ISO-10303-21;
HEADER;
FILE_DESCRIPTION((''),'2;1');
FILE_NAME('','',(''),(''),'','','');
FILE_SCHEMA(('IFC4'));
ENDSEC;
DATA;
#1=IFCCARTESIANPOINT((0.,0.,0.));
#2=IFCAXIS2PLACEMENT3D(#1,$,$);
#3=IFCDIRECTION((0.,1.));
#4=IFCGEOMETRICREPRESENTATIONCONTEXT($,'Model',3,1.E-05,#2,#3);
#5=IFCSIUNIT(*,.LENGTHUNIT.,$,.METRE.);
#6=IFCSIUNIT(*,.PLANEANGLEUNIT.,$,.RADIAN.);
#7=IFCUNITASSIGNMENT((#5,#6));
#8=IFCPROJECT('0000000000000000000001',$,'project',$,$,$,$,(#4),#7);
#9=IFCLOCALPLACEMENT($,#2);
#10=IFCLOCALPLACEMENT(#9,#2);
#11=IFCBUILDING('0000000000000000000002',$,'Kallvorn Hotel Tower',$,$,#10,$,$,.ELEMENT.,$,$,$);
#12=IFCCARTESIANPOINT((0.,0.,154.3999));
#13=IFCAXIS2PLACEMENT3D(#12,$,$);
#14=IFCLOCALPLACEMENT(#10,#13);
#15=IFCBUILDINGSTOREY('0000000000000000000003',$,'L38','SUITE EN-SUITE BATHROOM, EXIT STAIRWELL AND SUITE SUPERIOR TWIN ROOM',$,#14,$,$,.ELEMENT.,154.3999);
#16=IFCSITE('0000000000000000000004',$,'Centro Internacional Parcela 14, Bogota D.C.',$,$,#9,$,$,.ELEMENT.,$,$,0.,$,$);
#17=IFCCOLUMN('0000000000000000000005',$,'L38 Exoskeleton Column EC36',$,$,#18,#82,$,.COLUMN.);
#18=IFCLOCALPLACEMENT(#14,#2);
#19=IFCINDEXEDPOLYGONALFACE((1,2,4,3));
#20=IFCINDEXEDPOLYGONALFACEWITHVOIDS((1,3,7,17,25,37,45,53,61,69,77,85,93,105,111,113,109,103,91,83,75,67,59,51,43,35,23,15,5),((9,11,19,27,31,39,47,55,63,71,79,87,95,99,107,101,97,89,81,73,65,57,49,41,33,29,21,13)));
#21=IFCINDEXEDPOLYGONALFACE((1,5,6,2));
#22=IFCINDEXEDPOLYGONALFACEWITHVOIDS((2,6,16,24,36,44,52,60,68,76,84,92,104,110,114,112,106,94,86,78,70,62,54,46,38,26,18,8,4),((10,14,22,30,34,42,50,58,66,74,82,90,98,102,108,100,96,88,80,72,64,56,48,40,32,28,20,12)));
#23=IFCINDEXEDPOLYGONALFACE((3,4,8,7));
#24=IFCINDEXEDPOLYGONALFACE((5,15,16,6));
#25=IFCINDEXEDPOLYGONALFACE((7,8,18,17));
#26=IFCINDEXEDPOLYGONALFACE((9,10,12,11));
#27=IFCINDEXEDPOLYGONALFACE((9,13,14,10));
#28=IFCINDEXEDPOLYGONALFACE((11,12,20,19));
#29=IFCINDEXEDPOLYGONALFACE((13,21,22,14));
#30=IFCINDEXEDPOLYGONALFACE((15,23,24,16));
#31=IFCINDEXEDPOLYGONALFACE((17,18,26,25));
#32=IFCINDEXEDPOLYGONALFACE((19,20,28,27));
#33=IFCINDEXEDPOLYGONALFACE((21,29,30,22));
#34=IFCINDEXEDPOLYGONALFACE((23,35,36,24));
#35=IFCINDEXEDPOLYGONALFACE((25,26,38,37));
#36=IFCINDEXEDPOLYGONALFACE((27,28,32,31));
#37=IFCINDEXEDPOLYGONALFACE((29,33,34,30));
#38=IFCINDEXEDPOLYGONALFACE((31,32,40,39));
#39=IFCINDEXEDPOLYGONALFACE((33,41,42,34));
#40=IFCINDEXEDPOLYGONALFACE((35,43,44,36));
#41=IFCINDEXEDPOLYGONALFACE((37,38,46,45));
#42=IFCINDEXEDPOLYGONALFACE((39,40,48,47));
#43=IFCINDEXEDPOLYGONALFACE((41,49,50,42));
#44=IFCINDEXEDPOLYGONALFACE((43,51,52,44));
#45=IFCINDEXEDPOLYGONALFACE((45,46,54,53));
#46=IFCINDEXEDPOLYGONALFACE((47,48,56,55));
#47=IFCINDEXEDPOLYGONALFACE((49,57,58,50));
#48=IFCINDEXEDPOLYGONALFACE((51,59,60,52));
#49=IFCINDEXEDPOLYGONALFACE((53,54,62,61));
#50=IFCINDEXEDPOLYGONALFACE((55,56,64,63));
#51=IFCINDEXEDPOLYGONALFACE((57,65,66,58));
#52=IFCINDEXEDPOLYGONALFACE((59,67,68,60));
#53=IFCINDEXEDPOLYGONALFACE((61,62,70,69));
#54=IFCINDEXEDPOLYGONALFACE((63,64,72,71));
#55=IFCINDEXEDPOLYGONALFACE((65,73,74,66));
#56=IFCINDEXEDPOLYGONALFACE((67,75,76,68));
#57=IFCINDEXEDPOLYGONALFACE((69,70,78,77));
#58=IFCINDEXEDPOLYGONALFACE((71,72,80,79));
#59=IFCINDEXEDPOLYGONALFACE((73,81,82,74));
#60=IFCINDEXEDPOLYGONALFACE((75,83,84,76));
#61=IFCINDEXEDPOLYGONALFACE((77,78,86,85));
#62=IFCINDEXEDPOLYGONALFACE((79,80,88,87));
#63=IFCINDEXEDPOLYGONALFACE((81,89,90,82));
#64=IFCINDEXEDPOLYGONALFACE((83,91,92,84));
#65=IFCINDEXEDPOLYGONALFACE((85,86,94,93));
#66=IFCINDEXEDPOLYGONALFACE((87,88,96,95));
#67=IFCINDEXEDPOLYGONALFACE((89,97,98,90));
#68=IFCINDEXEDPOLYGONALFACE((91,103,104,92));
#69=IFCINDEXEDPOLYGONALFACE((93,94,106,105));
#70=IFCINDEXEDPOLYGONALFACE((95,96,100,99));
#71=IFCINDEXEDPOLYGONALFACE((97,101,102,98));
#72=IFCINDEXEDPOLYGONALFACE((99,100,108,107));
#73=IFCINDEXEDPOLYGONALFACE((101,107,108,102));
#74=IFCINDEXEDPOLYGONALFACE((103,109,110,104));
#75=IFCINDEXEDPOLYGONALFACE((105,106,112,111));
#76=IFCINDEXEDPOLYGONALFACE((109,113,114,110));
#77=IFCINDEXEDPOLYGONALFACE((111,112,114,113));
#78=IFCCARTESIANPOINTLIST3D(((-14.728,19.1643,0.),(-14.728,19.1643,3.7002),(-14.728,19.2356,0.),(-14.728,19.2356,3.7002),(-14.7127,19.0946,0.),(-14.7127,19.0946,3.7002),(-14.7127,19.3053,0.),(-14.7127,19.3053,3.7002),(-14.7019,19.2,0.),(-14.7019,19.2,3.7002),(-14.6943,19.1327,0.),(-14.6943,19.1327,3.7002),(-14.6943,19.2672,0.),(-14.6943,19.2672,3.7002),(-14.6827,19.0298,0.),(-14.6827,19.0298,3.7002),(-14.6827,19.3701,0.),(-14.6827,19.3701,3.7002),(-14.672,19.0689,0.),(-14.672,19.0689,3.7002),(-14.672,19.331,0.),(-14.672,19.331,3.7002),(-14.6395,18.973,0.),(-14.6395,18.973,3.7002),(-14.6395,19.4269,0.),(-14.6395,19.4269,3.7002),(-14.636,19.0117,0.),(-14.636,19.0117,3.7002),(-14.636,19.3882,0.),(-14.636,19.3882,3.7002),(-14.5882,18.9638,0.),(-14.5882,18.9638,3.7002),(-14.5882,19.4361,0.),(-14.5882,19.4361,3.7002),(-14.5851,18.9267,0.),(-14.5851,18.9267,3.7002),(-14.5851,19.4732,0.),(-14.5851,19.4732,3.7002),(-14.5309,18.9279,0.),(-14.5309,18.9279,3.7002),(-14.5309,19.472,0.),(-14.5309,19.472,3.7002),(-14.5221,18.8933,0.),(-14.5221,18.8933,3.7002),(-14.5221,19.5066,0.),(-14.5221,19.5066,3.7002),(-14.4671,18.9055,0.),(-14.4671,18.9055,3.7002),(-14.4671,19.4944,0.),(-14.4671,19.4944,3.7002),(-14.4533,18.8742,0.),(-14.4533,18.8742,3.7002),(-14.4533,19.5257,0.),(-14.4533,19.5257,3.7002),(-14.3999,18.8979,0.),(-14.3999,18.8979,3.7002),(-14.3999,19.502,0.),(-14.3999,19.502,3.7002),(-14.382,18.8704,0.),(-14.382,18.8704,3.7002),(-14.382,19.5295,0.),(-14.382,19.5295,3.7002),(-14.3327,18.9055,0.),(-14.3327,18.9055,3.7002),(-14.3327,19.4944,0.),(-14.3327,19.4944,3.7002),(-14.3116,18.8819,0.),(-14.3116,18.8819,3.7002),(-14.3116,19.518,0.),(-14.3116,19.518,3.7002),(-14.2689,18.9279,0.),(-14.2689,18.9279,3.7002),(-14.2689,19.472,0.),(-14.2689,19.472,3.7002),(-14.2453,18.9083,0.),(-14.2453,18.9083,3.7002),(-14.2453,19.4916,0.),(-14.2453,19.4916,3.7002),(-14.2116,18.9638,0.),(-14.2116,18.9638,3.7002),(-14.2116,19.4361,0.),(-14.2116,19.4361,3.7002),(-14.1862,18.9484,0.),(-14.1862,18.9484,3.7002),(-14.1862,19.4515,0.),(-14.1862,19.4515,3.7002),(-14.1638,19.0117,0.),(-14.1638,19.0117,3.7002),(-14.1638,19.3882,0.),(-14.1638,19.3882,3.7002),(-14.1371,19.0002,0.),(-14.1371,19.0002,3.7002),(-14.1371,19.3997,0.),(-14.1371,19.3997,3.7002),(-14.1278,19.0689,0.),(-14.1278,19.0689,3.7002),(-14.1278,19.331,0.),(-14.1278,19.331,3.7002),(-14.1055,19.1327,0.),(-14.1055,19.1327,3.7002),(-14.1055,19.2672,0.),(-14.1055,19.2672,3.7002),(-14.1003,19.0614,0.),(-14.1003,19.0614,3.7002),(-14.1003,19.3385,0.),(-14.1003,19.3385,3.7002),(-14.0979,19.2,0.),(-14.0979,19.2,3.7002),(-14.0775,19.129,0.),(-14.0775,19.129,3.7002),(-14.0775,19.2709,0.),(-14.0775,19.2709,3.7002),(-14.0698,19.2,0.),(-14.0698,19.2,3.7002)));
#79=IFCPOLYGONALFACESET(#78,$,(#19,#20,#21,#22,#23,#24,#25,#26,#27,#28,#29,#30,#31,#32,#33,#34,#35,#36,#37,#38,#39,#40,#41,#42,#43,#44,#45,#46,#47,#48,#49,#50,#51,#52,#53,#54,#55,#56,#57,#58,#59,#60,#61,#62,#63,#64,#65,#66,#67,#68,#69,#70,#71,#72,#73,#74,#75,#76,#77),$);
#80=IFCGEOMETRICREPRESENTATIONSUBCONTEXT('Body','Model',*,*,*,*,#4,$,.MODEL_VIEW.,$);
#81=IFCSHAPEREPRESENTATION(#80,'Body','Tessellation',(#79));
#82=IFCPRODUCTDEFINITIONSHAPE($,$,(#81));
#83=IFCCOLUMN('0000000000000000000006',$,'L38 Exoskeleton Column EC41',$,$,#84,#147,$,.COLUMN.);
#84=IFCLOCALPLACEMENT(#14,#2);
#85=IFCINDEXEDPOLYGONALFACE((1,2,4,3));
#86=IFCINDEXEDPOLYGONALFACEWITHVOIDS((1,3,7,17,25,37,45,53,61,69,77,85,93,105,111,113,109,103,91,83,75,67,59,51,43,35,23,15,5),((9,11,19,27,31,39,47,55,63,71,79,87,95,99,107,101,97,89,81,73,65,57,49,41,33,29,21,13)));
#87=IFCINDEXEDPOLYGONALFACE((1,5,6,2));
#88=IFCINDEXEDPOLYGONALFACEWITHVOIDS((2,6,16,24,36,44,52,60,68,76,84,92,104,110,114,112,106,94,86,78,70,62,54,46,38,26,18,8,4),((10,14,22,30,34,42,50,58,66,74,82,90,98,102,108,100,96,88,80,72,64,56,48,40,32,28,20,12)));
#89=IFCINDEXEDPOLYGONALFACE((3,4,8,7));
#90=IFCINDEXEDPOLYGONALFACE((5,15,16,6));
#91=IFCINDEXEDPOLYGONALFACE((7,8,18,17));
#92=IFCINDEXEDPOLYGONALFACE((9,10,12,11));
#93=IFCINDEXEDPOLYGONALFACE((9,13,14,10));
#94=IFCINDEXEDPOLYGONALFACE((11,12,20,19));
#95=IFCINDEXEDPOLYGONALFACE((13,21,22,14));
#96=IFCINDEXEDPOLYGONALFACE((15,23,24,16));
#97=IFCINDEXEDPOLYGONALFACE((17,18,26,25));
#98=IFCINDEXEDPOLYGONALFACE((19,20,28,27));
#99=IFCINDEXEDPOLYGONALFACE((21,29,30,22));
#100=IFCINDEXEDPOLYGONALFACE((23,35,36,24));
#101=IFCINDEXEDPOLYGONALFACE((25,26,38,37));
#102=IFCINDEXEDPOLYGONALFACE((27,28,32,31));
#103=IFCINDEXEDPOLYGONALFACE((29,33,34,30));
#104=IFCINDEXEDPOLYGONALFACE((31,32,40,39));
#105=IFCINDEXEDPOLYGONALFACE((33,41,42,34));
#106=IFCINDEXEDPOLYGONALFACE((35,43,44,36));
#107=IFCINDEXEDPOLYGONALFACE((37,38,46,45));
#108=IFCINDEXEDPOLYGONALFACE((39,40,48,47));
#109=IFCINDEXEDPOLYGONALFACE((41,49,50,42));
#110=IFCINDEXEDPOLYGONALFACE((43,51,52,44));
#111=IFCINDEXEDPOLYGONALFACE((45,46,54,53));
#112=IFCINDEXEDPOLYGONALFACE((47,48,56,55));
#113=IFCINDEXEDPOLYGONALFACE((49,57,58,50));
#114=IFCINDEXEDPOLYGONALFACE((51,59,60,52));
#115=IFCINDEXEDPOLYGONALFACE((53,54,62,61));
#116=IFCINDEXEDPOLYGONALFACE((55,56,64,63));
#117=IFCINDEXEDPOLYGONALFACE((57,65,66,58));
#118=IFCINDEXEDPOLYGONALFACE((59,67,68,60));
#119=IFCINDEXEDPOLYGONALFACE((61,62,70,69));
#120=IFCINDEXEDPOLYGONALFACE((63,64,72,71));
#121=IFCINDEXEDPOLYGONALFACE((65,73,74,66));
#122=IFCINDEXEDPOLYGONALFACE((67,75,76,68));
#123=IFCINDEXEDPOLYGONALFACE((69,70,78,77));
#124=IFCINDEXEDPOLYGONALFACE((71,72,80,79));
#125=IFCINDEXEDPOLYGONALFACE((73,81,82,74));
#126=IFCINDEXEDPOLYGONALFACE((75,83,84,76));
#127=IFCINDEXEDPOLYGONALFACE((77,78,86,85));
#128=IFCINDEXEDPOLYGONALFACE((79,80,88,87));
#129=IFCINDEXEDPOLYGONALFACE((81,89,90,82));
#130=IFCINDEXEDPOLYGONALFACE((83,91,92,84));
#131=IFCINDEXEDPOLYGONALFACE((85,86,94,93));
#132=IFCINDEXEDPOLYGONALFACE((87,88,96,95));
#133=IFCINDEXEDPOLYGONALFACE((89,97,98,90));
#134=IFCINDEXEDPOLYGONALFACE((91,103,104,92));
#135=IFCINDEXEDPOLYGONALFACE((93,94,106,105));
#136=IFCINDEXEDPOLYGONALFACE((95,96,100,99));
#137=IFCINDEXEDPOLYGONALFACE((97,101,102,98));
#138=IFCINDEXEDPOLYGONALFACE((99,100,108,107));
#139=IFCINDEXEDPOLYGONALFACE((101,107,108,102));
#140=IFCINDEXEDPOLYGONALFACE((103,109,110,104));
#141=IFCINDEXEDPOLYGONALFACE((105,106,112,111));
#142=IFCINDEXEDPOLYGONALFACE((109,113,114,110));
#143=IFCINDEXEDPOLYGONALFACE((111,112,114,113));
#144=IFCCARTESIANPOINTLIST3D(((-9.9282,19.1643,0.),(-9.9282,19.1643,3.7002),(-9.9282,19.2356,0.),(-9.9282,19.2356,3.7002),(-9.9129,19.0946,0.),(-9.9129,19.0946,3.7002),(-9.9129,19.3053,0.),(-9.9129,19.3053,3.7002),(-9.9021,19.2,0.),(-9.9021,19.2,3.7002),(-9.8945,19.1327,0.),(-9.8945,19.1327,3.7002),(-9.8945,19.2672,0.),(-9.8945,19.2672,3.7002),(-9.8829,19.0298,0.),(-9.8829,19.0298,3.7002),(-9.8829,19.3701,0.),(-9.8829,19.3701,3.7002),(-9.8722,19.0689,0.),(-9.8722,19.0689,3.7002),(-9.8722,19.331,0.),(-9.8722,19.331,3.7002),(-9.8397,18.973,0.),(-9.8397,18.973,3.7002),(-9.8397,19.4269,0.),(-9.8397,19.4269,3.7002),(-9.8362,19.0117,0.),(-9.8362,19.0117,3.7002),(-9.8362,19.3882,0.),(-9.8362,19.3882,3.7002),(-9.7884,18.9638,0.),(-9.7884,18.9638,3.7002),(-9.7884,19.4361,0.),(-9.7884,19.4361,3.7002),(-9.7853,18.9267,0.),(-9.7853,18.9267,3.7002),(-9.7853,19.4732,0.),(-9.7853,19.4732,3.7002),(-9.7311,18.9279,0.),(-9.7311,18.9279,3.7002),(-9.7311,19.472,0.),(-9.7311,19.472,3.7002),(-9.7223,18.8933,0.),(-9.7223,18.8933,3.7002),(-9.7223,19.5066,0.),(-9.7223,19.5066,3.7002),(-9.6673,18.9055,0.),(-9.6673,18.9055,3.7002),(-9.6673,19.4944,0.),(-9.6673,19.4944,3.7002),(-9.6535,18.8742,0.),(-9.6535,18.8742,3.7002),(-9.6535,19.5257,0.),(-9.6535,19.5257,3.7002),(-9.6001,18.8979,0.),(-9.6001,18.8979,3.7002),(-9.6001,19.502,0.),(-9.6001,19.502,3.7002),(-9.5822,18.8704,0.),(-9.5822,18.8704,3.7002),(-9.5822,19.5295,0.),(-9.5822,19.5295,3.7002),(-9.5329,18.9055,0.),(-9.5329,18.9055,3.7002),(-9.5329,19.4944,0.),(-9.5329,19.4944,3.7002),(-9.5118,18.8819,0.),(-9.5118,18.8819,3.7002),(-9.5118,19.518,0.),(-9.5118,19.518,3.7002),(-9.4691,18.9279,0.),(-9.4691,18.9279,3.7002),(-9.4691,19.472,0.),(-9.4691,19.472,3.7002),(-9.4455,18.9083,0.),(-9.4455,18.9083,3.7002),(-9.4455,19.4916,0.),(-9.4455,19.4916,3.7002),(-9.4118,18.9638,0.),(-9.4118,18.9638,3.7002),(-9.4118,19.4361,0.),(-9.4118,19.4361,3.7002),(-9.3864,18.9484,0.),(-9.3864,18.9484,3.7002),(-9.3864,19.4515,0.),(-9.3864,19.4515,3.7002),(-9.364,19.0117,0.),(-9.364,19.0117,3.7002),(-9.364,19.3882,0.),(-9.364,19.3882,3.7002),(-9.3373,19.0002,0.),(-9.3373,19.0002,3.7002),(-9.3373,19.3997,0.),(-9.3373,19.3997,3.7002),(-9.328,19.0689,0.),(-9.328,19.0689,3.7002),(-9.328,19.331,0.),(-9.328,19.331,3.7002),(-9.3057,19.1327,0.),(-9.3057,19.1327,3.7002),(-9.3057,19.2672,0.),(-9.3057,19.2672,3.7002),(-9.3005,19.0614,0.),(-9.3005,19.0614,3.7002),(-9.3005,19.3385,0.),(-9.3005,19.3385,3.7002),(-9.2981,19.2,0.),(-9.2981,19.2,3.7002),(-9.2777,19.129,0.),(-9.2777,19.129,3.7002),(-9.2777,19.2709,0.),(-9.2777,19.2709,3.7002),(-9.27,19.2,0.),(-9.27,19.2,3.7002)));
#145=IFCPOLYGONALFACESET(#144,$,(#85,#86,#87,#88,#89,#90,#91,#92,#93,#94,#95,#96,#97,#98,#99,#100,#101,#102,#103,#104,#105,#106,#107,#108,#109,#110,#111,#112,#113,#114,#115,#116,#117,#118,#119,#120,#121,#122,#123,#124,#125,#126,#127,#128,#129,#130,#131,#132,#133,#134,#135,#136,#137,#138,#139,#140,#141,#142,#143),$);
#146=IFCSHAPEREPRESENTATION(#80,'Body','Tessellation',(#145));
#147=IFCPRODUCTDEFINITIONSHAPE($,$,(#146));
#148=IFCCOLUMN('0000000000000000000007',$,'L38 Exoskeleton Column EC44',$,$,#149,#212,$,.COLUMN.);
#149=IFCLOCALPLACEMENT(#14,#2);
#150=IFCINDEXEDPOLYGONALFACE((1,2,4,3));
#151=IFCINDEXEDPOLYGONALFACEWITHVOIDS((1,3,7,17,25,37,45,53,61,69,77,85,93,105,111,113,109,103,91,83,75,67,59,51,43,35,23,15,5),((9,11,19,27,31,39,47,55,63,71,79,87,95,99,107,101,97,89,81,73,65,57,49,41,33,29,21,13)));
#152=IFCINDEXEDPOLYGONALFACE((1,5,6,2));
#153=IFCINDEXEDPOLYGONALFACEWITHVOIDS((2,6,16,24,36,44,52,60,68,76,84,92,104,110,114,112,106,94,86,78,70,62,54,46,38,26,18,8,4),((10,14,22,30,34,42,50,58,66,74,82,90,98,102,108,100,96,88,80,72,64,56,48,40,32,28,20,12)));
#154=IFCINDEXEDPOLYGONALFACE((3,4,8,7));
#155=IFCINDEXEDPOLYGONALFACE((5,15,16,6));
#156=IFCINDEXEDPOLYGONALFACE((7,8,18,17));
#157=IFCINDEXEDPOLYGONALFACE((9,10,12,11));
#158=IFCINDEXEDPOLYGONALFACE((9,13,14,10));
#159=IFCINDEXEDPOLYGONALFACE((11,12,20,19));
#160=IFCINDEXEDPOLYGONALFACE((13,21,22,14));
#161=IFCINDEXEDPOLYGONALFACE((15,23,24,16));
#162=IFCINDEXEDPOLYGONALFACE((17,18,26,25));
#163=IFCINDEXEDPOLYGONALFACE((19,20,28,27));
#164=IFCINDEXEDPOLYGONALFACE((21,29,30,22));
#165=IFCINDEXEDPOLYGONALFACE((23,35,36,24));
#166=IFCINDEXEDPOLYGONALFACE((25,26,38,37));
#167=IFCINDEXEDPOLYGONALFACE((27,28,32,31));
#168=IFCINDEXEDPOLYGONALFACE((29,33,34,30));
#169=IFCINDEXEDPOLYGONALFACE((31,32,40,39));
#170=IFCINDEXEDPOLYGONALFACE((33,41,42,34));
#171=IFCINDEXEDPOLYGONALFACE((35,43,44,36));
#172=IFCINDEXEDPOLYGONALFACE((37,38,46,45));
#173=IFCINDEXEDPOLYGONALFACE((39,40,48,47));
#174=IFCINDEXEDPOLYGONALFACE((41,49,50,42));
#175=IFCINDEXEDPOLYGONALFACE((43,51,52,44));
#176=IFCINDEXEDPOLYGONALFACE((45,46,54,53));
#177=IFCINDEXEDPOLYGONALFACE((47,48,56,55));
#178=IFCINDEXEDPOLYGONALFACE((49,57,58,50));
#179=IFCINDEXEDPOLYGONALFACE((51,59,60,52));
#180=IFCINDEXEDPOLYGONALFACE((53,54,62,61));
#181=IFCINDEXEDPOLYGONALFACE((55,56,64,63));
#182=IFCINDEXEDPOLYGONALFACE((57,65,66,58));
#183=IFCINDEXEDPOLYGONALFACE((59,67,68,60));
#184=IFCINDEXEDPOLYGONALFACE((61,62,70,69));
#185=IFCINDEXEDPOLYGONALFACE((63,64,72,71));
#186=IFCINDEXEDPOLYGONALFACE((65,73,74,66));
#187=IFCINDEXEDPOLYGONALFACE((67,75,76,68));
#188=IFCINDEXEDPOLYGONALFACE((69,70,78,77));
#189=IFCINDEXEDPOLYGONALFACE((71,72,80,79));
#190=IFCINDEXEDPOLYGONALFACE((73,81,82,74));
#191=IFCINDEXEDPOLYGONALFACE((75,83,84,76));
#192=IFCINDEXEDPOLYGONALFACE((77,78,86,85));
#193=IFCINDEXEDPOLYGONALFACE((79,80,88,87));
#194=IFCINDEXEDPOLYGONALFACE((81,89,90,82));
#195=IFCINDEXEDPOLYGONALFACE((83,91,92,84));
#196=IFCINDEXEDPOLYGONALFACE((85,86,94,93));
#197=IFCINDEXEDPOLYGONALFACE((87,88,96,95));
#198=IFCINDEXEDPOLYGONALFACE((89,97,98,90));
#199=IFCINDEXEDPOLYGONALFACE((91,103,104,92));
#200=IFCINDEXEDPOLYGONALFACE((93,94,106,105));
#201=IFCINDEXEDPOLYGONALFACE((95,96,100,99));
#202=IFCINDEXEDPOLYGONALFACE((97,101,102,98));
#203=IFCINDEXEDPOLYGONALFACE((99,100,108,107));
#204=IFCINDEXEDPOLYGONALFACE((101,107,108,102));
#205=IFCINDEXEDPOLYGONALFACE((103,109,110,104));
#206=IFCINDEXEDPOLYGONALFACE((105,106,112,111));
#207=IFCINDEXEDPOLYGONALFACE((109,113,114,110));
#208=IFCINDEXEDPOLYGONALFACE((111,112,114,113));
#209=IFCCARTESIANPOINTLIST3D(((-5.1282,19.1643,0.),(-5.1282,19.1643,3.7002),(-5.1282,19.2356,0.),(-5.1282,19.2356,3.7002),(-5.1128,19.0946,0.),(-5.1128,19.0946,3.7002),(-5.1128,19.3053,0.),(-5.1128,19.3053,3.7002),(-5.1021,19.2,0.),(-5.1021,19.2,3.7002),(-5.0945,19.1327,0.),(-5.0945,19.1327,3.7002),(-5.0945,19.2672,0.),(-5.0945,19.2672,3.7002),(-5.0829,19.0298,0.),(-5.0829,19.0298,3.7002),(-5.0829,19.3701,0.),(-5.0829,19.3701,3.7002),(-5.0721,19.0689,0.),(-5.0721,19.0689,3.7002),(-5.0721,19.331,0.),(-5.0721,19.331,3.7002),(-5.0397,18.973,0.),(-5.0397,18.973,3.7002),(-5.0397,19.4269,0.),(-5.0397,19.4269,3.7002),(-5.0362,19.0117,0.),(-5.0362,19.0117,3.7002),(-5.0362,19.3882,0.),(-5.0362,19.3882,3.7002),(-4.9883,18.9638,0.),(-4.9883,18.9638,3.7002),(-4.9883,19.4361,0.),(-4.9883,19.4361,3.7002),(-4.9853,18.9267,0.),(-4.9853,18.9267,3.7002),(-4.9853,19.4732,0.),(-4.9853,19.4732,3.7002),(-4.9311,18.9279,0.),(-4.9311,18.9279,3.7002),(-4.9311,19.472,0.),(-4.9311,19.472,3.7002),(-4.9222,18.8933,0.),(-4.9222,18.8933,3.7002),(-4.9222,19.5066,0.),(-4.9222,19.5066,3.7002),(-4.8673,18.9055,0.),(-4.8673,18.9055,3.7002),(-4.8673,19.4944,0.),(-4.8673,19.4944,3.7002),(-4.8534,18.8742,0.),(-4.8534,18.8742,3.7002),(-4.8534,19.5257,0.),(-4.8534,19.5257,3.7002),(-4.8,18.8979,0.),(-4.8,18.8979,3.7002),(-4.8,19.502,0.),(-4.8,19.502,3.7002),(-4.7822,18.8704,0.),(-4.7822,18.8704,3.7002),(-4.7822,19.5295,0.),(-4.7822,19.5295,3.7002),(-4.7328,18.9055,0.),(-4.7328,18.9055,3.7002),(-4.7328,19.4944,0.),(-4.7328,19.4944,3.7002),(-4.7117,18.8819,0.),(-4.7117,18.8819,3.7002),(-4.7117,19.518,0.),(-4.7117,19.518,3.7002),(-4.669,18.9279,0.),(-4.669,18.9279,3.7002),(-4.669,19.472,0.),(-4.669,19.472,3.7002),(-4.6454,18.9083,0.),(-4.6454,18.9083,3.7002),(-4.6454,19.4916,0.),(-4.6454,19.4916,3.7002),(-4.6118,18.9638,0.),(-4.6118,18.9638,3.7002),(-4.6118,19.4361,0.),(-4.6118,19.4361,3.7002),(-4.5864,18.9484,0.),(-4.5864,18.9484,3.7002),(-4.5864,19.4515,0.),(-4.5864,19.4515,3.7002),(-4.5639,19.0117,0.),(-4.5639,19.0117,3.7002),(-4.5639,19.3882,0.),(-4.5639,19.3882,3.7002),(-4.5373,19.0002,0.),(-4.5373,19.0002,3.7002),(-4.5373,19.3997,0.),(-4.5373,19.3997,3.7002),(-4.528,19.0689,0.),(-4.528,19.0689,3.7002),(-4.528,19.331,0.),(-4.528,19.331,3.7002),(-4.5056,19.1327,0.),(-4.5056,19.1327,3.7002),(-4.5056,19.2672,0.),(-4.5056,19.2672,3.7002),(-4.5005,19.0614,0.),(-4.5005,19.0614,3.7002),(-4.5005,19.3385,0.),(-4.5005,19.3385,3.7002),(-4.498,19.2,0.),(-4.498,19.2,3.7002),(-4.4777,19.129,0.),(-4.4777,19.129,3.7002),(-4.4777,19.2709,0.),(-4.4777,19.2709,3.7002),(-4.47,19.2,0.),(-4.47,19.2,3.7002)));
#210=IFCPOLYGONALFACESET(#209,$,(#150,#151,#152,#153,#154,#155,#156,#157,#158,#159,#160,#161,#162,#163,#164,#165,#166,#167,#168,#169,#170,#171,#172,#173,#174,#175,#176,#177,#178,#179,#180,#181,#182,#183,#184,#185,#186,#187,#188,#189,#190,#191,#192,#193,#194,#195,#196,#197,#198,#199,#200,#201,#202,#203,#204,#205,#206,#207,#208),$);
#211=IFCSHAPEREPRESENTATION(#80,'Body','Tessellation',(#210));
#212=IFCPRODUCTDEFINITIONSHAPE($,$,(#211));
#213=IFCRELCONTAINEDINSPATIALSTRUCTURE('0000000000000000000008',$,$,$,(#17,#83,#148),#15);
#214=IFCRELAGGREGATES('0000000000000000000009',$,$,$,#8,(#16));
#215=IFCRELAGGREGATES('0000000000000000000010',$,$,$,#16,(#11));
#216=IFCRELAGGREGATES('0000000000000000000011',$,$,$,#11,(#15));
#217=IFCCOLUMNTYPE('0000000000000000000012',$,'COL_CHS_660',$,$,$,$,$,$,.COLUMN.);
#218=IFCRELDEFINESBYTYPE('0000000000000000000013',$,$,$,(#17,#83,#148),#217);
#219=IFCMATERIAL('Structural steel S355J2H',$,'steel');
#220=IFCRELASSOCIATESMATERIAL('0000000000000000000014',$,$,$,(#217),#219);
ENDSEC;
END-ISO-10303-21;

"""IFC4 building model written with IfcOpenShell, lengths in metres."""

from ifc_helpers import new_model, si_unit, direction, frame, origin, origin_2d, place, context, subcontext, project, spatial, hollow_circle, extrude, material, material_profile, profile_set, type_object, element, save


model = new_model("IFC4")

# Units and contexts
model_context = context("Model", 3, precision=1e-05, world=origin(), true_north=direction((0.0, 1.0)))
body_context = subcontext(model_context, "Body", "Model", "MODEL_VIEW")
ifc_project = project(units=[si_unit("LENGTHUNIT", "METRE"), si_unit("PLANEANGLEUNIT", "RADIAN")], contexts=[model_context])

# Site, building, storey
site_placement = place(None, origin())
site = spatial("IfcSite", under=ifc_project, at=site_placement, Name="Centro Internacional Parcela 14, Bogota D.C.", CompositionType="ELEMENT", RefElevation=0.0)
building_placement = place(site_placement, origin())
building = spatial("IfcBuilding", under=site, at=building_placement, Name="Kallvorn Hotel Tower", CompositionType="ELEMENT")
storey_placement = place(building_placement, frame((0.0, 0.0, 154.3999)))
storey = spatial("IfcBuildingStorey", under=building, at=storey_placement, Name="L38", Description="SUITE EN-SUITE BATHROOM, EXIT STAIRWELL AND SUITE SUPERIOR TWIN ROOM", CompositionType="ELEMENT", Elevation=154.3999)

# Columns
ifc_material_1 = material(Name="Structural steel S355J2H", Category="steel")
ifc_material_profile_1 = material_profile(ifc_material_1, hollow_circle(Radius=0.3301, WallThickness=0.0281, at=origin_2d()), Name="CHS 660x28")
ifc_profile_set_1 = profile_set([ifc_material_profile_1], Name="Structural steel S355J2H")
column_type_1 = type_object("IfcColumnType", Name="COL_CHS_660", PredefinedType="COLUMN", material=ifc_profile_set_1)
for number, where, z_axis, x_axis, name in (
    (1, (-14.3999, 19.2, 0.0), (0.0, 0.0, 1.0), (1.0, 0.0, 0.0), "L38 Exoskeleton Column EC36"),
    (2, (-9.6001, 19.2, 0.0), (0.0, 0.0, 1.0), (1.0, 0.0, 0.0), "L38 Exoskeleton Column EC41"),
    (3, (-4.8, 19.2, 0.0), (0.0, 0.0, 1.0), (1.0, 0.0, 0.0), "L38 Exoskeleton Column EC44"),
):
    element("IfcColumn", number, at=place(storey_placement, frame(where, z_axis=z_axis, x_axis=x_axis)), inside=storey, type_object=column_type_1, Name=name, PredefinedType="COLUMN", context=body_context, shape_type="SweptSolid", body=[
        extrude(hollow_circle(Radius=0.3301, WallThickness=0.0281, at=origin_2d()), origin(), (0.0, 0.0, 1.0), 3.7002),
    ])

save(model, "model.ifc")
